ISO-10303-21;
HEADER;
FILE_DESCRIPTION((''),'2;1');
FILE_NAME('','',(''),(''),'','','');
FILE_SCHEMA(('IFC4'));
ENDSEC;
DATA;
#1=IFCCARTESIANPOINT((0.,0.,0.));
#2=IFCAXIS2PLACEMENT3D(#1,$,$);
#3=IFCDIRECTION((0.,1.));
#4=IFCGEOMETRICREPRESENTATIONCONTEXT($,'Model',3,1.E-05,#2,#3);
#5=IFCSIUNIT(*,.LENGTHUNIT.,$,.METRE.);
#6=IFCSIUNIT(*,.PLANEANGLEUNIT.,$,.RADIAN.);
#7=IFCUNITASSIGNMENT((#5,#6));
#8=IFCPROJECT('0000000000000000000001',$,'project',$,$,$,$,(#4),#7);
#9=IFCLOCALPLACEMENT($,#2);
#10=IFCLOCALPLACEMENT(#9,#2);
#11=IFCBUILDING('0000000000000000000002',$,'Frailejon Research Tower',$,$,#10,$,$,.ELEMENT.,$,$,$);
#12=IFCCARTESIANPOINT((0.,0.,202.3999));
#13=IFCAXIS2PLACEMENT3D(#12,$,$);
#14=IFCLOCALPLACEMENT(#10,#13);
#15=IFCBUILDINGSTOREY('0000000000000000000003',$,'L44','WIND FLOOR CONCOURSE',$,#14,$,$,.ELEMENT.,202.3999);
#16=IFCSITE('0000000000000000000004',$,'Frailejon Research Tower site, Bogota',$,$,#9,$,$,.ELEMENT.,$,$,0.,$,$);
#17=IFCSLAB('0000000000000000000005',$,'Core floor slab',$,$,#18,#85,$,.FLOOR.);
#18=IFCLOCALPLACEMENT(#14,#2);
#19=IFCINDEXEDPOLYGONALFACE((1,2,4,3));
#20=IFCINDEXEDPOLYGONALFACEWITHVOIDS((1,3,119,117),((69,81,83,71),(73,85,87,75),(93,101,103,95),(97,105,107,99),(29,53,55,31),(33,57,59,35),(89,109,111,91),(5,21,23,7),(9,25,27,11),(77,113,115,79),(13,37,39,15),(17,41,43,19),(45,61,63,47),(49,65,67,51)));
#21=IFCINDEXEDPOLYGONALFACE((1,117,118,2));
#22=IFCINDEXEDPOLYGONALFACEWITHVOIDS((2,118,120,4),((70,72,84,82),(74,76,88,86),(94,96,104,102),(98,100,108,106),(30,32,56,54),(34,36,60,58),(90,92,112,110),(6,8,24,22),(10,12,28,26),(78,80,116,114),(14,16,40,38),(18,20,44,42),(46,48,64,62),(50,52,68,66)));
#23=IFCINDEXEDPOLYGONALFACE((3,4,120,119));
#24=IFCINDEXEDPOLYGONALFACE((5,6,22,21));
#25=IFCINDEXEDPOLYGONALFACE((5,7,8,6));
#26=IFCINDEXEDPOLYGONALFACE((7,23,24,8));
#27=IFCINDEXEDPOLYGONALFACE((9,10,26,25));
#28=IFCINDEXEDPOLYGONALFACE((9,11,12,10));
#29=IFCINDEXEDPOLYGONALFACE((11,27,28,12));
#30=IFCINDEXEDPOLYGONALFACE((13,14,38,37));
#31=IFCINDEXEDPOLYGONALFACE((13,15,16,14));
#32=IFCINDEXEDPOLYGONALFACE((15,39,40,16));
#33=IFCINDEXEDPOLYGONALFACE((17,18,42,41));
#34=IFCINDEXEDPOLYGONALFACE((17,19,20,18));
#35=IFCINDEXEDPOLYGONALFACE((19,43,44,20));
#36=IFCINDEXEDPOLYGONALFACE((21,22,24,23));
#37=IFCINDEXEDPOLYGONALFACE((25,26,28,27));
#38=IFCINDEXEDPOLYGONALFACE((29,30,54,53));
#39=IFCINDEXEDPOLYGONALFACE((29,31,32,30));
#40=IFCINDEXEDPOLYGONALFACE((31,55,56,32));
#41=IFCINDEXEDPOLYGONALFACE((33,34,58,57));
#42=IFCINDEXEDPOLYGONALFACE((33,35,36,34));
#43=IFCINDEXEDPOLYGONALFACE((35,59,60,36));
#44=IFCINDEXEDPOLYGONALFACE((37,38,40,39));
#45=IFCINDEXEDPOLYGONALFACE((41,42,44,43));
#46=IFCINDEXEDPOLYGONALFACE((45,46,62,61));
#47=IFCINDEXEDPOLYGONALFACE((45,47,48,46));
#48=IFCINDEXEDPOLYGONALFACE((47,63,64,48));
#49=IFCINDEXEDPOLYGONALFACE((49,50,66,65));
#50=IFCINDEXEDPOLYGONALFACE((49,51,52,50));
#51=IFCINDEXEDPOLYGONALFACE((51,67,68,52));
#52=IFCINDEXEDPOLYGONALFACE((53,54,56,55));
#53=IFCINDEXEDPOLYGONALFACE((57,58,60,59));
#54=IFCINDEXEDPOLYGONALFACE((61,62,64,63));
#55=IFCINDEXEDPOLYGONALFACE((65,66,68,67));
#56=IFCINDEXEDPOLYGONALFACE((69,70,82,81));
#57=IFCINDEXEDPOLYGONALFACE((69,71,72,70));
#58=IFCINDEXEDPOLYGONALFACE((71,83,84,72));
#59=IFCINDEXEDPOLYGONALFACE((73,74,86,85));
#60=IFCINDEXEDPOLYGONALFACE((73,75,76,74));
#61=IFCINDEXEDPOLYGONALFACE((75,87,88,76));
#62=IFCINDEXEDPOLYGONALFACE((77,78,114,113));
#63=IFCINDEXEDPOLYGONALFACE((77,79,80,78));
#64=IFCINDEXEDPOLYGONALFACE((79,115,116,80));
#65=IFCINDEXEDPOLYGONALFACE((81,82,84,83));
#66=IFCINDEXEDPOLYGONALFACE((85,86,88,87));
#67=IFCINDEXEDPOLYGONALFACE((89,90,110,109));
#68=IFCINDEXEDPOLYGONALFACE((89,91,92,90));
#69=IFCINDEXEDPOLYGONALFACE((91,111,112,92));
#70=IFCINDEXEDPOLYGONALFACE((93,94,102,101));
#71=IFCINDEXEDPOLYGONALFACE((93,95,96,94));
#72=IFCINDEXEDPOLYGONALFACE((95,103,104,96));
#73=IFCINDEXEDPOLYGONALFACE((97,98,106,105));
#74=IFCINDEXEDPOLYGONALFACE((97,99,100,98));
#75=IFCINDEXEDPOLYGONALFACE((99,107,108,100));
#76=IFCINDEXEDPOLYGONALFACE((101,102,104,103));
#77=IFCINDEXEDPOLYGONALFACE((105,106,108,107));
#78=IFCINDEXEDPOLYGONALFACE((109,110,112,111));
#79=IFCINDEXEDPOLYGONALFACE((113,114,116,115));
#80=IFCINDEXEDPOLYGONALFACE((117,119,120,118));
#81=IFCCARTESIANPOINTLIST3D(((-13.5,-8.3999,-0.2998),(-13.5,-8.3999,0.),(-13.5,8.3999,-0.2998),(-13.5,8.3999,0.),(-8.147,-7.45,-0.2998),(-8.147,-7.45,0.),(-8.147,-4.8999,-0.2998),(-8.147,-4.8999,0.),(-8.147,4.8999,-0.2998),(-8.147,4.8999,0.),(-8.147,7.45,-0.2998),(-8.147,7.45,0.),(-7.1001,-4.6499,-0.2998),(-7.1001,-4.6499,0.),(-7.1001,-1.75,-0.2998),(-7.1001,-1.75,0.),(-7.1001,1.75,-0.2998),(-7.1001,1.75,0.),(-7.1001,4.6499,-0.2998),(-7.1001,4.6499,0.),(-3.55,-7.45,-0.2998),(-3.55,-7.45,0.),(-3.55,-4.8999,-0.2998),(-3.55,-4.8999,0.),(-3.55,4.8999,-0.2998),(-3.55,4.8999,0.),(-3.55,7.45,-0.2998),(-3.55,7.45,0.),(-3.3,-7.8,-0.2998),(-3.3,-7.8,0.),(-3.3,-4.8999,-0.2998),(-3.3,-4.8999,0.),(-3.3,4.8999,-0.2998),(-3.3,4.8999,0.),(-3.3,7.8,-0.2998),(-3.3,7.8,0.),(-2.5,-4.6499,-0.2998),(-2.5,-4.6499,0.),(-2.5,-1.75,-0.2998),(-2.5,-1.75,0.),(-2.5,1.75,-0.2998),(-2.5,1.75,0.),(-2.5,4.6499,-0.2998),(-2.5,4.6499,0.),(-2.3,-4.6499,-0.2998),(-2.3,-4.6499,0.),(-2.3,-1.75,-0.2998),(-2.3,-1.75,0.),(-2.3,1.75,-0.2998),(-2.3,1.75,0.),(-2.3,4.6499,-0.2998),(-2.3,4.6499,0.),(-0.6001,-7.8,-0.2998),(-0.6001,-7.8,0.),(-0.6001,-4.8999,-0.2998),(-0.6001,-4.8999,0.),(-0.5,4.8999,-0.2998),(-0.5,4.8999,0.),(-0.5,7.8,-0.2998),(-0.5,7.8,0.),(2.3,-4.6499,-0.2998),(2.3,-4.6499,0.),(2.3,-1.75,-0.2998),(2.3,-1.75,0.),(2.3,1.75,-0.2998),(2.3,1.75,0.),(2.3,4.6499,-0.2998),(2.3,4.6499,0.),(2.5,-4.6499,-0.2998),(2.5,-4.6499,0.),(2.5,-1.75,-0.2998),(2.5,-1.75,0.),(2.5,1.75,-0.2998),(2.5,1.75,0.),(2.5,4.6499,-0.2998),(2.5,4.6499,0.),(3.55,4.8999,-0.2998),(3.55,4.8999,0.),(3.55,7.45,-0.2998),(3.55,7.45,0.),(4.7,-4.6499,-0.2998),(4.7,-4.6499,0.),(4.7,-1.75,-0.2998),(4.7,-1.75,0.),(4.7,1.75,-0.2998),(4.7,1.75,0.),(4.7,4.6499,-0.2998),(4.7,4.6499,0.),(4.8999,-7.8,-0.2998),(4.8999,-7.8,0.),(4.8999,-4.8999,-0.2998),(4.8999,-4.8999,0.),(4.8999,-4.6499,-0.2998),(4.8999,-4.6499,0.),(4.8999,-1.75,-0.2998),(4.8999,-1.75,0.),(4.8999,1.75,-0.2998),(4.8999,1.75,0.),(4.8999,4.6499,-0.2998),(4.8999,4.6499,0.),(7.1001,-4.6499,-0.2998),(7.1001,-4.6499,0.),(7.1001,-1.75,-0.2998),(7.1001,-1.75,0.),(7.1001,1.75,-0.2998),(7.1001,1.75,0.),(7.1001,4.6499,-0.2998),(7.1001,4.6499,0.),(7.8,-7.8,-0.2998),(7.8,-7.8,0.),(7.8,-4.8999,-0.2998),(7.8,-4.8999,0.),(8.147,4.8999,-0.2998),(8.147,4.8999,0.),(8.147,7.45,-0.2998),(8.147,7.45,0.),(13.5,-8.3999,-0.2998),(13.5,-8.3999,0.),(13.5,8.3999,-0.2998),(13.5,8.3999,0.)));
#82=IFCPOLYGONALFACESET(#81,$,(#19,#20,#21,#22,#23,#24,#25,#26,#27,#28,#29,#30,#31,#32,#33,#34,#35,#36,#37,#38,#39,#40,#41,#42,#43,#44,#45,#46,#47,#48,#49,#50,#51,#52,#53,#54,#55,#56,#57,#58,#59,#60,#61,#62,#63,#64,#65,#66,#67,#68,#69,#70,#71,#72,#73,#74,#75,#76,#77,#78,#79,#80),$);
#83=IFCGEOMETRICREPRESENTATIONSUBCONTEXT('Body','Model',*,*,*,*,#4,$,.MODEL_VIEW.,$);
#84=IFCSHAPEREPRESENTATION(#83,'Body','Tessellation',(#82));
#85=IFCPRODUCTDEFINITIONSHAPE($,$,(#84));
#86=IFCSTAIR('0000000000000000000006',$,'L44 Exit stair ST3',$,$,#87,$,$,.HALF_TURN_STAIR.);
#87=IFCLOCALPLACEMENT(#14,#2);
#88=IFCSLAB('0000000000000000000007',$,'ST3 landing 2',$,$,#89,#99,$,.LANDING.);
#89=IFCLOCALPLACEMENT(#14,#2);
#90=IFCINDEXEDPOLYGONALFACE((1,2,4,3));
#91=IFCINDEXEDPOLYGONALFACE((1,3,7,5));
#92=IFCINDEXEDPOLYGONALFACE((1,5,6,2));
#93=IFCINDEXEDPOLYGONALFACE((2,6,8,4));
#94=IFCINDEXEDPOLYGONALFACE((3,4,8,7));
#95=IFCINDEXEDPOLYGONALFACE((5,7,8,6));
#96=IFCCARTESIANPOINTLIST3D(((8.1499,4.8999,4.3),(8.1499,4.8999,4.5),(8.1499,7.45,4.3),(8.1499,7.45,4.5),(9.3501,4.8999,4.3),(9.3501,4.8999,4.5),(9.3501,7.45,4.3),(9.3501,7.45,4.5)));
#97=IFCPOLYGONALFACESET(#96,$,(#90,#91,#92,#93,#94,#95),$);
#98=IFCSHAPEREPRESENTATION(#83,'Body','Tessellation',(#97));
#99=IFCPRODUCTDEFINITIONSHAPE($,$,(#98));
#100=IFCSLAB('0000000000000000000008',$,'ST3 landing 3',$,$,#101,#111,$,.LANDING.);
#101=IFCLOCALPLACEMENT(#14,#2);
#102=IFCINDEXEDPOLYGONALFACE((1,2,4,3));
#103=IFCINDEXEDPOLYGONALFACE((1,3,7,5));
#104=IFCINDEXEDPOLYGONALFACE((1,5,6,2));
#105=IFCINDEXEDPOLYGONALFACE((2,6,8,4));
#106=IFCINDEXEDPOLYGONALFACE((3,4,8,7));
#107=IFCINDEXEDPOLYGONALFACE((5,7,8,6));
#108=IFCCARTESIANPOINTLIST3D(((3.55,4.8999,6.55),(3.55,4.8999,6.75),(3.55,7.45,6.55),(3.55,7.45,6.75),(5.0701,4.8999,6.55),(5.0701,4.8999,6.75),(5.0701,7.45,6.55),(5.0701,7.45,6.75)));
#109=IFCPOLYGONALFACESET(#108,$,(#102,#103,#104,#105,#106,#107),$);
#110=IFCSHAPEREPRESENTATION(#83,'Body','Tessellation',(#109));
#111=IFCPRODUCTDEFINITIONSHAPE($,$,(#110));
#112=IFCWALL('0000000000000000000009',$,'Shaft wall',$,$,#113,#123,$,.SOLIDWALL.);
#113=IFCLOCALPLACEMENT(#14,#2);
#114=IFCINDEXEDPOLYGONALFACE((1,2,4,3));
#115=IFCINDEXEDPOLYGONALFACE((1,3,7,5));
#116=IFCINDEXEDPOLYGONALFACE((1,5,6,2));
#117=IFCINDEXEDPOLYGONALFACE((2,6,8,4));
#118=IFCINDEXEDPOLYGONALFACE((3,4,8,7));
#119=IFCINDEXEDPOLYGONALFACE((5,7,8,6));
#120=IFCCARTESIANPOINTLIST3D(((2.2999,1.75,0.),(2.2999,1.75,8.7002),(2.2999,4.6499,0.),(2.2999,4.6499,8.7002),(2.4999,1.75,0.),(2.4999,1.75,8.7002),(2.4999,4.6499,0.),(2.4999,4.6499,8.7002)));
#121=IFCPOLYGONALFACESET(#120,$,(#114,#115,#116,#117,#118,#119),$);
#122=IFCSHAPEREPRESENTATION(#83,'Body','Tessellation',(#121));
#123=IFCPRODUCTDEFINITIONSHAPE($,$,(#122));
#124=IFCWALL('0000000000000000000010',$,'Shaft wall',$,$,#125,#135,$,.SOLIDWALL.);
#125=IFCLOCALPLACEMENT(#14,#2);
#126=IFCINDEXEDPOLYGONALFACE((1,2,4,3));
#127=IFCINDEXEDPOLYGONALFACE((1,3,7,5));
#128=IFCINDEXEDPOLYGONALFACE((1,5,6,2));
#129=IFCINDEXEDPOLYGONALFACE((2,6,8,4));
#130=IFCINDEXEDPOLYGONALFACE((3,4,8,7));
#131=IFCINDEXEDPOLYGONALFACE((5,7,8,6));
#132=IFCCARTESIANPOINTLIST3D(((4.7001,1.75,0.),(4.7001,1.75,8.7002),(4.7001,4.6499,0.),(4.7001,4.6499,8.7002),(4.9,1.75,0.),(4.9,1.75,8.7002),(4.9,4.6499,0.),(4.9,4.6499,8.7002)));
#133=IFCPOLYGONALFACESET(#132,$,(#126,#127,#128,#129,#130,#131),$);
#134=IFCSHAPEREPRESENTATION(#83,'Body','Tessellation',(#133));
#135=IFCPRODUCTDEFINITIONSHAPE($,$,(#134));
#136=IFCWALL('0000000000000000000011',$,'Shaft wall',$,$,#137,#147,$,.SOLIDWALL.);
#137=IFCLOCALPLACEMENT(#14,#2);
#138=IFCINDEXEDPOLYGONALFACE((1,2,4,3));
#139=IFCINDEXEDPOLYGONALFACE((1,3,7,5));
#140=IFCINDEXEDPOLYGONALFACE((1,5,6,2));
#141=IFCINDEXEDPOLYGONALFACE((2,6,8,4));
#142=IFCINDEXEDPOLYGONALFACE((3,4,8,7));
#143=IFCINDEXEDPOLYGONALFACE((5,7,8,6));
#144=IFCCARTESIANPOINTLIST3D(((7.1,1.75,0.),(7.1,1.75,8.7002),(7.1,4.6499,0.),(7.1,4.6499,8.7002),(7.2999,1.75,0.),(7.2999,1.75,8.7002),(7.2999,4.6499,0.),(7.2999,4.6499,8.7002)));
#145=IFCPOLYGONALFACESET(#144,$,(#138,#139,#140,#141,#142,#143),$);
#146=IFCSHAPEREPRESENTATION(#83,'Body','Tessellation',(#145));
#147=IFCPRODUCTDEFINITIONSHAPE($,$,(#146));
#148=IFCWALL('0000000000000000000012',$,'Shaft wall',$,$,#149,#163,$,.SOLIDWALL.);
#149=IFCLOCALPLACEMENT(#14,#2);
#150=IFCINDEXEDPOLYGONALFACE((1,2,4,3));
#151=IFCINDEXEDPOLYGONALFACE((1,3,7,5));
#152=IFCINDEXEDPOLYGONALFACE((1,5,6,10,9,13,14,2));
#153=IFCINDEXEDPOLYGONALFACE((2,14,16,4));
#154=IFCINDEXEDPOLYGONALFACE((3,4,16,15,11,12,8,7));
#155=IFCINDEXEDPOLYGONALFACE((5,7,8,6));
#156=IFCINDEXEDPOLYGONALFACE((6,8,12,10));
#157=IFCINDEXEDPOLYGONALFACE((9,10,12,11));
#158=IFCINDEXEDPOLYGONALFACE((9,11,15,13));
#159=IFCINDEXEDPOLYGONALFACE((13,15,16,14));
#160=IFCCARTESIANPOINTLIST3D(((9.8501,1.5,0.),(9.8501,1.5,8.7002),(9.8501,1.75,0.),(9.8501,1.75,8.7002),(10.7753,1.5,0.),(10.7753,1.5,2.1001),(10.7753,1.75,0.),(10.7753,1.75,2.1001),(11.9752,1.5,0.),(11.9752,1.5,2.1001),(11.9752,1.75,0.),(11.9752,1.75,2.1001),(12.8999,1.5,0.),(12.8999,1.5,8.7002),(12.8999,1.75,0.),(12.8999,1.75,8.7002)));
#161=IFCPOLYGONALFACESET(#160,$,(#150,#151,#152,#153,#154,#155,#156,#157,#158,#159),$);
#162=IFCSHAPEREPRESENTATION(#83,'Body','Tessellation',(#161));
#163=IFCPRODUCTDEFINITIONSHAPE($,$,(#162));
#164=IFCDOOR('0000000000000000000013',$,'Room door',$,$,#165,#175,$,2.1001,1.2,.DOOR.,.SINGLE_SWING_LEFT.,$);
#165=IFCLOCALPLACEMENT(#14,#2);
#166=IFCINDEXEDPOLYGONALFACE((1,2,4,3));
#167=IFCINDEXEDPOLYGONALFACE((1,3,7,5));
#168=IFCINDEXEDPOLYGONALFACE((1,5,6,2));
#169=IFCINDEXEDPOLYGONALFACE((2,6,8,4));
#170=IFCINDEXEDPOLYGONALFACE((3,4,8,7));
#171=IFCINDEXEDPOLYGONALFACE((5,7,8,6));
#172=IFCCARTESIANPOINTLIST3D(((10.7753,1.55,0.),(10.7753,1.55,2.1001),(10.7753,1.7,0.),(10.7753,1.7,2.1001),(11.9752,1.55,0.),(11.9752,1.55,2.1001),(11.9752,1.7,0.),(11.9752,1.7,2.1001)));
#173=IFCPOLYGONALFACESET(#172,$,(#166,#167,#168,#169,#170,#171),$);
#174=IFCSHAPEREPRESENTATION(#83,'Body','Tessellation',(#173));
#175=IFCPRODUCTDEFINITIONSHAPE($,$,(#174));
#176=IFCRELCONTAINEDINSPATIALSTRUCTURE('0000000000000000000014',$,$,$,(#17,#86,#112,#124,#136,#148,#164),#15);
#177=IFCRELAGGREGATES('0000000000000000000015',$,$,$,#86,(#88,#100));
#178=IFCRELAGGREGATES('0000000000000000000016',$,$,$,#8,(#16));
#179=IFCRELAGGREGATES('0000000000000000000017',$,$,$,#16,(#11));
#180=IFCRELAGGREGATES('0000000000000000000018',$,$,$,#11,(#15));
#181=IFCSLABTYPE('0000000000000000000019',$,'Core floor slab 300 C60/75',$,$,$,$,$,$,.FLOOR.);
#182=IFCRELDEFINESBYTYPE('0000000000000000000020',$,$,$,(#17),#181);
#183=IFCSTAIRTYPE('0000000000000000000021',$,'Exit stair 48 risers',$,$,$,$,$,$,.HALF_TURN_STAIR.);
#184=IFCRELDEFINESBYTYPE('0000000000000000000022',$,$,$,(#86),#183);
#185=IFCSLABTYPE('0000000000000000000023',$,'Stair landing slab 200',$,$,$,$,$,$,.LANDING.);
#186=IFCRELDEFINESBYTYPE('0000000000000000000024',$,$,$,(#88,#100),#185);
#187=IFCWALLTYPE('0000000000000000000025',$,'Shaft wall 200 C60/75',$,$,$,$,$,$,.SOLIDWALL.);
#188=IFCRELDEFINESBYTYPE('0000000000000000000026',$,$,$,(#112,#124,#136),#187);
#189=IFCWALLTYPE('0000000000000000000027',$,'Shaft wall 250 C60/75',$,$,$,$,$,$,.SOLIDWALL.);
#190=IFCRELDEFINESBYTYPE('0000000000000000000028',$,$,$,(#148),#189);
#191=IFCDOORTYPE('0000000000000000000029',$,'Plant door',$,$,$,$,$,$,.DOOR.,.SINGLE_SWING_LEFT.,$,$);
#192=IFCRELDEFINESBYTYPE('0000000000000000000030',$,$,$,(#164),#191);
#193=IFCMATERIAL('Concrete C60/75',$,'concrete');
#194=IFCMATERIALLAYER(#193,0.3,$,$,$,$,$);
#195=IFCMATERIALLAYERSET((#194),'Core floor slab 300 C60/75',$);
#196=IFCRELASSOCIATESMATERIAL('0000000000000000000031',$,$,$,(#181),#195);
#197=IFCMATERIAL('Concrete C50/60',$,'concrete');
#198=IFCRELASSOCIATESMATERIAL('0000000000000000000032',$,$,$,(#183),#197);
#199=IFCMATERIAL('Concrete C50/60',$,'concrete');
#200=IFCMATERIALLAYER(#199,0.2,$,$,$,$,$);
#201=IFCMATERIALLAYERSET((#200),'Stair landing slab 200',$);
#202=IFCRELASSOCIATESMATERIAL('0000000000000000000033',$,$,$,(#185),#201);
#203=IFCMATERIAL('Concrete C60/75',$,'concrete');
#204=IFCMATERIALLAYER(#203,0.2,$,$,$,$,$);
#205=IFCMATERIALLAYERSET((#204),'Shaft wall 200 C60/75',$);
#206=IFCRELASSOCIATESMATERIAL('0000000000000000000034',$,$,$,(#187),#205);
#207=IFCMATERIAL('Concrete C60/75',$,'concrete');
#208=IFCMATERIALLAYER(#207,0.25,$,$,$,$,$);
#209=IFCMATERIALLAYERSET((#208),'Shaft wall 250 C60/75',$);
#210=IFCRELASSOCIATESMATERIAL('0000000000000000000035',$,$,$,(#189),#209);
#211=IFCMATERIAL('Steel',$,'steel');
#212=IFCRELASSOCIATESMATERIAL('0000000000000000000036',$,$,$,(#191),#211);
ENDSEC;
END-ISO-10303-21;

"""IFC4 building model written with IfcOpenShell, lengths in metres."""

from ifc_helpers import new_model, si_unit, direction, frame, frame_2d, origin, place, context, subcontext, project, spatial, polyline, rectangle, outline, extrude, material, layer, layer_set, type_object, element, fill, aggregate, save


model = new_model("IFC4")

# Units and contexts
model_context = context("Model", 3, precision=1e-05, world=origin(), true_north=direction((0.0, 1.0)))
body_context = subcontext(model_context, "Body", "Model", "MODEL_VIEW")
ifc_project = project(units=[si_unit("LENGTHUNIT", "METRE"), si_unit("PLANEANGLEUNIT", "RADIAN")], contexts=[model_context])

# Site, building, storey
site_placement = place(None, origin())
site = spatial("IfcSite", under=ifc_project, at=site_placement, Name="Frailejon Research Tower site, Bogota", CompositionType="ELEMENT", RefElevation=0.0)
building_placement = place(site_placement, origin())
building = spatial("IfcBuilding", under=site, at=building_placement, Name="Frailejon Research Tower", CompositionType="ELEMENT")
storey_placement = place(building_placement, frame((0.0, 0.0, 202.3999)))
storey = spatial("IfcBuildingStorey", under=building, at=storey_placement, Name="L44", Description="WIND FLOOR CONCOURSE", CompositionType="ELEMENT", Elevation=202.3999)

# Slab
ifc_material_1 = material(Name="Concrete C60/75", Category="concrete")
ifc_layer_1 = layer(ifc_material_1, 0.3)
ifc_layer_set_1 = layer_set([ifc_layer_1], Name="Core floor slab 300 C60/75")
slab_type_1 = type_object("IfcSlabType", Name="Core floor slab 300 C60/75", PredefinedType="FLOOR", material=ifc_layer_set_1)
slab_1_placement = place(storey_placement, frame((0.0, 0.0, -0.2998)))
element("IfcSlab", 1, at=slab_1_placement, inside=storey, type_object=slab_type_1, Name="Core floor slab", PredefinedType="FLOOR", context=body_context, shape_type="SweptSolid", body=[
    extrude(outline(polyline([(13.5, -8.3999), (13.5, 8.3999), (-13.5, 8.3999), (-13.5, -8.3999), (13.5, -8.3999)]), holes=[polyline([(-2.5, 1.75), (-2.5, 4.6499), (-7.1001, 4.6499), (-7.1001, 1.75), (-2.5, 1.75)]), polyline([(2.3, 1.75), (2.3, 4.6499), (-2.3, 4.6499), (-2.3, 1.75), (2.3, 1.75)]), polyline([(4.7, 1.75), (4.7, 4.6499), (2.5, 4.6499), (2.5, 1.75), (4.7, 1.75)]), polyline([(7.1001, 1.75), (7.1001, 4.6499), (4.8999, 4.6499), (4.8999, 1.75), (7.1001, 1.75)]), polyline([(-2.5, -4.6499), (-2.5, -1.75), (-7.1001, -1.75), (-7.1001, -4.6499), (-2.5, -4.6499)]), polyline([(2.3, -4.6499), (2.3, -1.75), (-2.3, -1.75), (-2.3, -4.6499), (2.3, -4.6499)]), polyline([(4.7, -4.6499), (4.7, -1.75), (2.5, -1.75), (2.5, -4.6499), (4.7, -4.6499)]), polyline([(7.1001, -4.6499), (7.1001, -1.75), (4.8999, -1.75), (4.8999, -4.6499), (7.1001, -4.6499)]), polyline([(-8.147, 4.8999), (-3.55, 4.8999), (-3.55, 7.45), (-8.147, 7.45), (-8.147, 4.8999)]), polyline([(-8.147, -7.45), (-3.55, -7.45), (-3.55, -4.8999), (-8.147, -4.8999), (-8.147, -7.45)]), polyline([(8.147, 7.45), (3.55, 7.45), (3.55, 4.8999), (8.147, 4.8999), (8.147, 7.45)]), polyline([(-0.6001, -7.8), (-0.6001, -4.8999), (-3.3, -4.8999), (-3.3, -7.8), (-0.6001, -7.8)]), polyline([(7.8, -7.8), (7.8, -4.8999), (4.8999, -4.8999), (4.8999, -7.8), (7.8, -7.8)]), polyline([(-0.5, 4.8999), (-0.5, 7.8), (-3.3, 7.8), (-3.3, 4.8999), (-0.5, 4.8999)])]), origin(), (0.0, 0.0, 1.0), 0.2998),
])

# Stair, slabs
ifc_material_2 = material(Name="Concrete C50/60", Category="concrete")
stair_type = type_object("IfcStairType", Name="Exit stair 48 risers", PredefinedType="HALF_TURN_STAIR", material=ifc_material_2)
stair_placement = place(storey_placement, origin())
stair = element("IfcStair", 2, at=stair_placement, inside=storey, type_object=stair_type, Name="L44 Exit stair ST3", PredefinedType="HALF_TURN_STAIR")
ifc_material_3 = material(Name="Concrete C50/60", Category="concrete")
ifc_layer_2 = layer(ifc_material_3, 0.2)
ifc_layer_set_2 = layer_set([ifc_layer_2], Name="Stair landing slab 200")
slab_type_2 = type_object("IfcSlabType", Name="Stair landing slab 200", PredefinedType="LANDING", material=ifc_layer_set_2)
slab_2_placement = place(storey_placement, frame((0.0, 0.0, 4.3)))
slab_2 = element("IfcSlab", 3, at=slab_2_placement, type_object=slab_type_2, Name="ST3 landing 2", PredefinedType="LANDING", context=body_context, shape_type="SweptSolid", body=[
    extrude(outline(polyline([(9.3501, 7.45), (8.1499, 7.45), (8.1499, 4.8999), (9.3501, 4.8999), (9.3501, 7.45)])), origin(), (0.0, 0.0, 1.0), 0.2),
])
slab_3_placement = place(storey_placement, frame((0.0, 0.0, 6.55)))
slab_3 = element("IfcSlab", 4, at=slab_3_placement, type_object=slab_type_2, Name="ST3 landing 3", PredefinedType="LANDING", context=body_context, shape_type="SweptSolid", body=[
    extrude(outline(polyline([(5.0701, 7.45), (3.55, 7.45), (3.55, 4.8999), (5.0701, 4.8999), (5.0701, 7.45)])), origin(), (0.0, 0.0, 1.0), 0.2),
])

# Walls
ifc_material_4 = material(Name="Concrete C60/75", Category="concrete")
ifc_layer_3 = layer(ifc_material_4, 0.2)
ifc_layer_set_3 = layer_set([ifc_layer_3], Name="Shaft wall 200 C60/75")
wall_type_1 = type_object("IfcWallType", Name="Shaft wall 200 C60/75", PredefinedType="SOLIDWALL", material=ifc_layer_set_3)
for number, where, z_axis, x_axis, name in (
    (5, (2.3999, 1.75, 0.0), (0.0, 0.0, 1.0), (0.0, 1.0, 0.0), "Shaft wall"),
    (6, (4.8, 1.75, 0.0), (0.0, 0.0, 1.0), (0.0, 1.0, 0.0), "Shaft wall"),
    (7, (7.2, 1.75, 0.0), (0.0, 0.0, 1.0), (0.0, 1.0, 0.0), "Shaft wall"),
):
    element("IfcWall", number, at=place(storey_placement, frame(where, z_axis=z_axis, x_axis=x_axis)), inside=storey, type_object=wall_type_1, Name=name, PredefinedType="SOLIDWALL", context=body_context, shape_type="SweptSolid", body=[
        extrude(rectangle(XDim=2.8999, YDim=0.2, at=frame_2d((1.45, 0.0))), origin(), (0.0, 0.0, 1.0), 8.7002),
    ])

# Wall, opening, door
ifc_material_5 = material(Name="Concrete C60/75", Category="concrete")
ifc_layer_4 = layer(ifc_material_5, 0.25)
ifc_layer_set_4 = layer_set([ifc_layer_4], Name="Shaft wall 250 C60/75")
wall_type_2 = type_object("IfcWallType", Name="Shaft wall 250 C60/75", PredefinedType="SOLIDWALL", material=ifc_layer_set_4)
wall_1_placement = place(storey_placement, frame((9.8501, 1.625, 0.0), z_axis=(0.0, 0.0, 1.0), x_axis=(1.0, 0.0, 0.0)))
wall_1 = element("IfcWall", 8, at=wall_1_placement, inside=storey, type_object=wall_type_2, Name="Shaft wall", PredefinedType="SOLIDWALL", context=body_context, shape_type="SweptSolid", body=[
    extrude(rectangle(XDim=3.0498, YDim=0.25, at=frame_2d((1.5249, 0.0))), origin(), (0.0, 0.0, 1.0), 8.7002),
])
opening_placement = place(wall_1_placement, frame((0.925, 0.0, 0.0)))
opening = element("IfcOpeningElement", 9, at=opening_placement, cuts=wall_1, PredefinedType="OPENING", context=body_context, shape_type="SweptSolid", body=[
    extrude(rectangle(XDim=1.2, YDim=2.1001, at=frame_2d((0.6001, 1.05))), frame((0.0, 0.135, 0.0), z_axis=(0.0, -1.0, 0.0), x_axis=(1.0, 0.0, 0.0)), (0.0, 0.0, 1.0), 0.27),
])
ifc_material_6 = material(Name="Steel", Category="steel")
door_type = type_object("IfcDoorType", Name="Plant door", OperationType="SINGLE_SWING_LEFT", PredefinedType="DOOR", material=ifc_material_6)
door_placement = place(opening_placement, origin())
door = element("IfcDoor", 10, at=door_placement, inside=storey, type_object=door_type, Name="Room door", OperationType="SINGLE_SWING_LEFT", OverallHeight=2.1001, OverallWidth=1.2, PredefinedType="DOOR", context=body_context, shape_type="SweptSolid", body=[
    extrude(rectangle(XDim=1.2, YDim=2.1001, at=frame_2d((0.6001, 1.05))), frame((0.0, 0.075, 0.0), z_axis=(0.0, -1.0, 0.0), x_axis=(1.0, 0.0, 0.0)), (0.0, 0.0, 1.0), 0.1499),
])
fill(opening, door)

aggregate(stair, [slab_2, slab_3])

save(model, "model.ifc")
